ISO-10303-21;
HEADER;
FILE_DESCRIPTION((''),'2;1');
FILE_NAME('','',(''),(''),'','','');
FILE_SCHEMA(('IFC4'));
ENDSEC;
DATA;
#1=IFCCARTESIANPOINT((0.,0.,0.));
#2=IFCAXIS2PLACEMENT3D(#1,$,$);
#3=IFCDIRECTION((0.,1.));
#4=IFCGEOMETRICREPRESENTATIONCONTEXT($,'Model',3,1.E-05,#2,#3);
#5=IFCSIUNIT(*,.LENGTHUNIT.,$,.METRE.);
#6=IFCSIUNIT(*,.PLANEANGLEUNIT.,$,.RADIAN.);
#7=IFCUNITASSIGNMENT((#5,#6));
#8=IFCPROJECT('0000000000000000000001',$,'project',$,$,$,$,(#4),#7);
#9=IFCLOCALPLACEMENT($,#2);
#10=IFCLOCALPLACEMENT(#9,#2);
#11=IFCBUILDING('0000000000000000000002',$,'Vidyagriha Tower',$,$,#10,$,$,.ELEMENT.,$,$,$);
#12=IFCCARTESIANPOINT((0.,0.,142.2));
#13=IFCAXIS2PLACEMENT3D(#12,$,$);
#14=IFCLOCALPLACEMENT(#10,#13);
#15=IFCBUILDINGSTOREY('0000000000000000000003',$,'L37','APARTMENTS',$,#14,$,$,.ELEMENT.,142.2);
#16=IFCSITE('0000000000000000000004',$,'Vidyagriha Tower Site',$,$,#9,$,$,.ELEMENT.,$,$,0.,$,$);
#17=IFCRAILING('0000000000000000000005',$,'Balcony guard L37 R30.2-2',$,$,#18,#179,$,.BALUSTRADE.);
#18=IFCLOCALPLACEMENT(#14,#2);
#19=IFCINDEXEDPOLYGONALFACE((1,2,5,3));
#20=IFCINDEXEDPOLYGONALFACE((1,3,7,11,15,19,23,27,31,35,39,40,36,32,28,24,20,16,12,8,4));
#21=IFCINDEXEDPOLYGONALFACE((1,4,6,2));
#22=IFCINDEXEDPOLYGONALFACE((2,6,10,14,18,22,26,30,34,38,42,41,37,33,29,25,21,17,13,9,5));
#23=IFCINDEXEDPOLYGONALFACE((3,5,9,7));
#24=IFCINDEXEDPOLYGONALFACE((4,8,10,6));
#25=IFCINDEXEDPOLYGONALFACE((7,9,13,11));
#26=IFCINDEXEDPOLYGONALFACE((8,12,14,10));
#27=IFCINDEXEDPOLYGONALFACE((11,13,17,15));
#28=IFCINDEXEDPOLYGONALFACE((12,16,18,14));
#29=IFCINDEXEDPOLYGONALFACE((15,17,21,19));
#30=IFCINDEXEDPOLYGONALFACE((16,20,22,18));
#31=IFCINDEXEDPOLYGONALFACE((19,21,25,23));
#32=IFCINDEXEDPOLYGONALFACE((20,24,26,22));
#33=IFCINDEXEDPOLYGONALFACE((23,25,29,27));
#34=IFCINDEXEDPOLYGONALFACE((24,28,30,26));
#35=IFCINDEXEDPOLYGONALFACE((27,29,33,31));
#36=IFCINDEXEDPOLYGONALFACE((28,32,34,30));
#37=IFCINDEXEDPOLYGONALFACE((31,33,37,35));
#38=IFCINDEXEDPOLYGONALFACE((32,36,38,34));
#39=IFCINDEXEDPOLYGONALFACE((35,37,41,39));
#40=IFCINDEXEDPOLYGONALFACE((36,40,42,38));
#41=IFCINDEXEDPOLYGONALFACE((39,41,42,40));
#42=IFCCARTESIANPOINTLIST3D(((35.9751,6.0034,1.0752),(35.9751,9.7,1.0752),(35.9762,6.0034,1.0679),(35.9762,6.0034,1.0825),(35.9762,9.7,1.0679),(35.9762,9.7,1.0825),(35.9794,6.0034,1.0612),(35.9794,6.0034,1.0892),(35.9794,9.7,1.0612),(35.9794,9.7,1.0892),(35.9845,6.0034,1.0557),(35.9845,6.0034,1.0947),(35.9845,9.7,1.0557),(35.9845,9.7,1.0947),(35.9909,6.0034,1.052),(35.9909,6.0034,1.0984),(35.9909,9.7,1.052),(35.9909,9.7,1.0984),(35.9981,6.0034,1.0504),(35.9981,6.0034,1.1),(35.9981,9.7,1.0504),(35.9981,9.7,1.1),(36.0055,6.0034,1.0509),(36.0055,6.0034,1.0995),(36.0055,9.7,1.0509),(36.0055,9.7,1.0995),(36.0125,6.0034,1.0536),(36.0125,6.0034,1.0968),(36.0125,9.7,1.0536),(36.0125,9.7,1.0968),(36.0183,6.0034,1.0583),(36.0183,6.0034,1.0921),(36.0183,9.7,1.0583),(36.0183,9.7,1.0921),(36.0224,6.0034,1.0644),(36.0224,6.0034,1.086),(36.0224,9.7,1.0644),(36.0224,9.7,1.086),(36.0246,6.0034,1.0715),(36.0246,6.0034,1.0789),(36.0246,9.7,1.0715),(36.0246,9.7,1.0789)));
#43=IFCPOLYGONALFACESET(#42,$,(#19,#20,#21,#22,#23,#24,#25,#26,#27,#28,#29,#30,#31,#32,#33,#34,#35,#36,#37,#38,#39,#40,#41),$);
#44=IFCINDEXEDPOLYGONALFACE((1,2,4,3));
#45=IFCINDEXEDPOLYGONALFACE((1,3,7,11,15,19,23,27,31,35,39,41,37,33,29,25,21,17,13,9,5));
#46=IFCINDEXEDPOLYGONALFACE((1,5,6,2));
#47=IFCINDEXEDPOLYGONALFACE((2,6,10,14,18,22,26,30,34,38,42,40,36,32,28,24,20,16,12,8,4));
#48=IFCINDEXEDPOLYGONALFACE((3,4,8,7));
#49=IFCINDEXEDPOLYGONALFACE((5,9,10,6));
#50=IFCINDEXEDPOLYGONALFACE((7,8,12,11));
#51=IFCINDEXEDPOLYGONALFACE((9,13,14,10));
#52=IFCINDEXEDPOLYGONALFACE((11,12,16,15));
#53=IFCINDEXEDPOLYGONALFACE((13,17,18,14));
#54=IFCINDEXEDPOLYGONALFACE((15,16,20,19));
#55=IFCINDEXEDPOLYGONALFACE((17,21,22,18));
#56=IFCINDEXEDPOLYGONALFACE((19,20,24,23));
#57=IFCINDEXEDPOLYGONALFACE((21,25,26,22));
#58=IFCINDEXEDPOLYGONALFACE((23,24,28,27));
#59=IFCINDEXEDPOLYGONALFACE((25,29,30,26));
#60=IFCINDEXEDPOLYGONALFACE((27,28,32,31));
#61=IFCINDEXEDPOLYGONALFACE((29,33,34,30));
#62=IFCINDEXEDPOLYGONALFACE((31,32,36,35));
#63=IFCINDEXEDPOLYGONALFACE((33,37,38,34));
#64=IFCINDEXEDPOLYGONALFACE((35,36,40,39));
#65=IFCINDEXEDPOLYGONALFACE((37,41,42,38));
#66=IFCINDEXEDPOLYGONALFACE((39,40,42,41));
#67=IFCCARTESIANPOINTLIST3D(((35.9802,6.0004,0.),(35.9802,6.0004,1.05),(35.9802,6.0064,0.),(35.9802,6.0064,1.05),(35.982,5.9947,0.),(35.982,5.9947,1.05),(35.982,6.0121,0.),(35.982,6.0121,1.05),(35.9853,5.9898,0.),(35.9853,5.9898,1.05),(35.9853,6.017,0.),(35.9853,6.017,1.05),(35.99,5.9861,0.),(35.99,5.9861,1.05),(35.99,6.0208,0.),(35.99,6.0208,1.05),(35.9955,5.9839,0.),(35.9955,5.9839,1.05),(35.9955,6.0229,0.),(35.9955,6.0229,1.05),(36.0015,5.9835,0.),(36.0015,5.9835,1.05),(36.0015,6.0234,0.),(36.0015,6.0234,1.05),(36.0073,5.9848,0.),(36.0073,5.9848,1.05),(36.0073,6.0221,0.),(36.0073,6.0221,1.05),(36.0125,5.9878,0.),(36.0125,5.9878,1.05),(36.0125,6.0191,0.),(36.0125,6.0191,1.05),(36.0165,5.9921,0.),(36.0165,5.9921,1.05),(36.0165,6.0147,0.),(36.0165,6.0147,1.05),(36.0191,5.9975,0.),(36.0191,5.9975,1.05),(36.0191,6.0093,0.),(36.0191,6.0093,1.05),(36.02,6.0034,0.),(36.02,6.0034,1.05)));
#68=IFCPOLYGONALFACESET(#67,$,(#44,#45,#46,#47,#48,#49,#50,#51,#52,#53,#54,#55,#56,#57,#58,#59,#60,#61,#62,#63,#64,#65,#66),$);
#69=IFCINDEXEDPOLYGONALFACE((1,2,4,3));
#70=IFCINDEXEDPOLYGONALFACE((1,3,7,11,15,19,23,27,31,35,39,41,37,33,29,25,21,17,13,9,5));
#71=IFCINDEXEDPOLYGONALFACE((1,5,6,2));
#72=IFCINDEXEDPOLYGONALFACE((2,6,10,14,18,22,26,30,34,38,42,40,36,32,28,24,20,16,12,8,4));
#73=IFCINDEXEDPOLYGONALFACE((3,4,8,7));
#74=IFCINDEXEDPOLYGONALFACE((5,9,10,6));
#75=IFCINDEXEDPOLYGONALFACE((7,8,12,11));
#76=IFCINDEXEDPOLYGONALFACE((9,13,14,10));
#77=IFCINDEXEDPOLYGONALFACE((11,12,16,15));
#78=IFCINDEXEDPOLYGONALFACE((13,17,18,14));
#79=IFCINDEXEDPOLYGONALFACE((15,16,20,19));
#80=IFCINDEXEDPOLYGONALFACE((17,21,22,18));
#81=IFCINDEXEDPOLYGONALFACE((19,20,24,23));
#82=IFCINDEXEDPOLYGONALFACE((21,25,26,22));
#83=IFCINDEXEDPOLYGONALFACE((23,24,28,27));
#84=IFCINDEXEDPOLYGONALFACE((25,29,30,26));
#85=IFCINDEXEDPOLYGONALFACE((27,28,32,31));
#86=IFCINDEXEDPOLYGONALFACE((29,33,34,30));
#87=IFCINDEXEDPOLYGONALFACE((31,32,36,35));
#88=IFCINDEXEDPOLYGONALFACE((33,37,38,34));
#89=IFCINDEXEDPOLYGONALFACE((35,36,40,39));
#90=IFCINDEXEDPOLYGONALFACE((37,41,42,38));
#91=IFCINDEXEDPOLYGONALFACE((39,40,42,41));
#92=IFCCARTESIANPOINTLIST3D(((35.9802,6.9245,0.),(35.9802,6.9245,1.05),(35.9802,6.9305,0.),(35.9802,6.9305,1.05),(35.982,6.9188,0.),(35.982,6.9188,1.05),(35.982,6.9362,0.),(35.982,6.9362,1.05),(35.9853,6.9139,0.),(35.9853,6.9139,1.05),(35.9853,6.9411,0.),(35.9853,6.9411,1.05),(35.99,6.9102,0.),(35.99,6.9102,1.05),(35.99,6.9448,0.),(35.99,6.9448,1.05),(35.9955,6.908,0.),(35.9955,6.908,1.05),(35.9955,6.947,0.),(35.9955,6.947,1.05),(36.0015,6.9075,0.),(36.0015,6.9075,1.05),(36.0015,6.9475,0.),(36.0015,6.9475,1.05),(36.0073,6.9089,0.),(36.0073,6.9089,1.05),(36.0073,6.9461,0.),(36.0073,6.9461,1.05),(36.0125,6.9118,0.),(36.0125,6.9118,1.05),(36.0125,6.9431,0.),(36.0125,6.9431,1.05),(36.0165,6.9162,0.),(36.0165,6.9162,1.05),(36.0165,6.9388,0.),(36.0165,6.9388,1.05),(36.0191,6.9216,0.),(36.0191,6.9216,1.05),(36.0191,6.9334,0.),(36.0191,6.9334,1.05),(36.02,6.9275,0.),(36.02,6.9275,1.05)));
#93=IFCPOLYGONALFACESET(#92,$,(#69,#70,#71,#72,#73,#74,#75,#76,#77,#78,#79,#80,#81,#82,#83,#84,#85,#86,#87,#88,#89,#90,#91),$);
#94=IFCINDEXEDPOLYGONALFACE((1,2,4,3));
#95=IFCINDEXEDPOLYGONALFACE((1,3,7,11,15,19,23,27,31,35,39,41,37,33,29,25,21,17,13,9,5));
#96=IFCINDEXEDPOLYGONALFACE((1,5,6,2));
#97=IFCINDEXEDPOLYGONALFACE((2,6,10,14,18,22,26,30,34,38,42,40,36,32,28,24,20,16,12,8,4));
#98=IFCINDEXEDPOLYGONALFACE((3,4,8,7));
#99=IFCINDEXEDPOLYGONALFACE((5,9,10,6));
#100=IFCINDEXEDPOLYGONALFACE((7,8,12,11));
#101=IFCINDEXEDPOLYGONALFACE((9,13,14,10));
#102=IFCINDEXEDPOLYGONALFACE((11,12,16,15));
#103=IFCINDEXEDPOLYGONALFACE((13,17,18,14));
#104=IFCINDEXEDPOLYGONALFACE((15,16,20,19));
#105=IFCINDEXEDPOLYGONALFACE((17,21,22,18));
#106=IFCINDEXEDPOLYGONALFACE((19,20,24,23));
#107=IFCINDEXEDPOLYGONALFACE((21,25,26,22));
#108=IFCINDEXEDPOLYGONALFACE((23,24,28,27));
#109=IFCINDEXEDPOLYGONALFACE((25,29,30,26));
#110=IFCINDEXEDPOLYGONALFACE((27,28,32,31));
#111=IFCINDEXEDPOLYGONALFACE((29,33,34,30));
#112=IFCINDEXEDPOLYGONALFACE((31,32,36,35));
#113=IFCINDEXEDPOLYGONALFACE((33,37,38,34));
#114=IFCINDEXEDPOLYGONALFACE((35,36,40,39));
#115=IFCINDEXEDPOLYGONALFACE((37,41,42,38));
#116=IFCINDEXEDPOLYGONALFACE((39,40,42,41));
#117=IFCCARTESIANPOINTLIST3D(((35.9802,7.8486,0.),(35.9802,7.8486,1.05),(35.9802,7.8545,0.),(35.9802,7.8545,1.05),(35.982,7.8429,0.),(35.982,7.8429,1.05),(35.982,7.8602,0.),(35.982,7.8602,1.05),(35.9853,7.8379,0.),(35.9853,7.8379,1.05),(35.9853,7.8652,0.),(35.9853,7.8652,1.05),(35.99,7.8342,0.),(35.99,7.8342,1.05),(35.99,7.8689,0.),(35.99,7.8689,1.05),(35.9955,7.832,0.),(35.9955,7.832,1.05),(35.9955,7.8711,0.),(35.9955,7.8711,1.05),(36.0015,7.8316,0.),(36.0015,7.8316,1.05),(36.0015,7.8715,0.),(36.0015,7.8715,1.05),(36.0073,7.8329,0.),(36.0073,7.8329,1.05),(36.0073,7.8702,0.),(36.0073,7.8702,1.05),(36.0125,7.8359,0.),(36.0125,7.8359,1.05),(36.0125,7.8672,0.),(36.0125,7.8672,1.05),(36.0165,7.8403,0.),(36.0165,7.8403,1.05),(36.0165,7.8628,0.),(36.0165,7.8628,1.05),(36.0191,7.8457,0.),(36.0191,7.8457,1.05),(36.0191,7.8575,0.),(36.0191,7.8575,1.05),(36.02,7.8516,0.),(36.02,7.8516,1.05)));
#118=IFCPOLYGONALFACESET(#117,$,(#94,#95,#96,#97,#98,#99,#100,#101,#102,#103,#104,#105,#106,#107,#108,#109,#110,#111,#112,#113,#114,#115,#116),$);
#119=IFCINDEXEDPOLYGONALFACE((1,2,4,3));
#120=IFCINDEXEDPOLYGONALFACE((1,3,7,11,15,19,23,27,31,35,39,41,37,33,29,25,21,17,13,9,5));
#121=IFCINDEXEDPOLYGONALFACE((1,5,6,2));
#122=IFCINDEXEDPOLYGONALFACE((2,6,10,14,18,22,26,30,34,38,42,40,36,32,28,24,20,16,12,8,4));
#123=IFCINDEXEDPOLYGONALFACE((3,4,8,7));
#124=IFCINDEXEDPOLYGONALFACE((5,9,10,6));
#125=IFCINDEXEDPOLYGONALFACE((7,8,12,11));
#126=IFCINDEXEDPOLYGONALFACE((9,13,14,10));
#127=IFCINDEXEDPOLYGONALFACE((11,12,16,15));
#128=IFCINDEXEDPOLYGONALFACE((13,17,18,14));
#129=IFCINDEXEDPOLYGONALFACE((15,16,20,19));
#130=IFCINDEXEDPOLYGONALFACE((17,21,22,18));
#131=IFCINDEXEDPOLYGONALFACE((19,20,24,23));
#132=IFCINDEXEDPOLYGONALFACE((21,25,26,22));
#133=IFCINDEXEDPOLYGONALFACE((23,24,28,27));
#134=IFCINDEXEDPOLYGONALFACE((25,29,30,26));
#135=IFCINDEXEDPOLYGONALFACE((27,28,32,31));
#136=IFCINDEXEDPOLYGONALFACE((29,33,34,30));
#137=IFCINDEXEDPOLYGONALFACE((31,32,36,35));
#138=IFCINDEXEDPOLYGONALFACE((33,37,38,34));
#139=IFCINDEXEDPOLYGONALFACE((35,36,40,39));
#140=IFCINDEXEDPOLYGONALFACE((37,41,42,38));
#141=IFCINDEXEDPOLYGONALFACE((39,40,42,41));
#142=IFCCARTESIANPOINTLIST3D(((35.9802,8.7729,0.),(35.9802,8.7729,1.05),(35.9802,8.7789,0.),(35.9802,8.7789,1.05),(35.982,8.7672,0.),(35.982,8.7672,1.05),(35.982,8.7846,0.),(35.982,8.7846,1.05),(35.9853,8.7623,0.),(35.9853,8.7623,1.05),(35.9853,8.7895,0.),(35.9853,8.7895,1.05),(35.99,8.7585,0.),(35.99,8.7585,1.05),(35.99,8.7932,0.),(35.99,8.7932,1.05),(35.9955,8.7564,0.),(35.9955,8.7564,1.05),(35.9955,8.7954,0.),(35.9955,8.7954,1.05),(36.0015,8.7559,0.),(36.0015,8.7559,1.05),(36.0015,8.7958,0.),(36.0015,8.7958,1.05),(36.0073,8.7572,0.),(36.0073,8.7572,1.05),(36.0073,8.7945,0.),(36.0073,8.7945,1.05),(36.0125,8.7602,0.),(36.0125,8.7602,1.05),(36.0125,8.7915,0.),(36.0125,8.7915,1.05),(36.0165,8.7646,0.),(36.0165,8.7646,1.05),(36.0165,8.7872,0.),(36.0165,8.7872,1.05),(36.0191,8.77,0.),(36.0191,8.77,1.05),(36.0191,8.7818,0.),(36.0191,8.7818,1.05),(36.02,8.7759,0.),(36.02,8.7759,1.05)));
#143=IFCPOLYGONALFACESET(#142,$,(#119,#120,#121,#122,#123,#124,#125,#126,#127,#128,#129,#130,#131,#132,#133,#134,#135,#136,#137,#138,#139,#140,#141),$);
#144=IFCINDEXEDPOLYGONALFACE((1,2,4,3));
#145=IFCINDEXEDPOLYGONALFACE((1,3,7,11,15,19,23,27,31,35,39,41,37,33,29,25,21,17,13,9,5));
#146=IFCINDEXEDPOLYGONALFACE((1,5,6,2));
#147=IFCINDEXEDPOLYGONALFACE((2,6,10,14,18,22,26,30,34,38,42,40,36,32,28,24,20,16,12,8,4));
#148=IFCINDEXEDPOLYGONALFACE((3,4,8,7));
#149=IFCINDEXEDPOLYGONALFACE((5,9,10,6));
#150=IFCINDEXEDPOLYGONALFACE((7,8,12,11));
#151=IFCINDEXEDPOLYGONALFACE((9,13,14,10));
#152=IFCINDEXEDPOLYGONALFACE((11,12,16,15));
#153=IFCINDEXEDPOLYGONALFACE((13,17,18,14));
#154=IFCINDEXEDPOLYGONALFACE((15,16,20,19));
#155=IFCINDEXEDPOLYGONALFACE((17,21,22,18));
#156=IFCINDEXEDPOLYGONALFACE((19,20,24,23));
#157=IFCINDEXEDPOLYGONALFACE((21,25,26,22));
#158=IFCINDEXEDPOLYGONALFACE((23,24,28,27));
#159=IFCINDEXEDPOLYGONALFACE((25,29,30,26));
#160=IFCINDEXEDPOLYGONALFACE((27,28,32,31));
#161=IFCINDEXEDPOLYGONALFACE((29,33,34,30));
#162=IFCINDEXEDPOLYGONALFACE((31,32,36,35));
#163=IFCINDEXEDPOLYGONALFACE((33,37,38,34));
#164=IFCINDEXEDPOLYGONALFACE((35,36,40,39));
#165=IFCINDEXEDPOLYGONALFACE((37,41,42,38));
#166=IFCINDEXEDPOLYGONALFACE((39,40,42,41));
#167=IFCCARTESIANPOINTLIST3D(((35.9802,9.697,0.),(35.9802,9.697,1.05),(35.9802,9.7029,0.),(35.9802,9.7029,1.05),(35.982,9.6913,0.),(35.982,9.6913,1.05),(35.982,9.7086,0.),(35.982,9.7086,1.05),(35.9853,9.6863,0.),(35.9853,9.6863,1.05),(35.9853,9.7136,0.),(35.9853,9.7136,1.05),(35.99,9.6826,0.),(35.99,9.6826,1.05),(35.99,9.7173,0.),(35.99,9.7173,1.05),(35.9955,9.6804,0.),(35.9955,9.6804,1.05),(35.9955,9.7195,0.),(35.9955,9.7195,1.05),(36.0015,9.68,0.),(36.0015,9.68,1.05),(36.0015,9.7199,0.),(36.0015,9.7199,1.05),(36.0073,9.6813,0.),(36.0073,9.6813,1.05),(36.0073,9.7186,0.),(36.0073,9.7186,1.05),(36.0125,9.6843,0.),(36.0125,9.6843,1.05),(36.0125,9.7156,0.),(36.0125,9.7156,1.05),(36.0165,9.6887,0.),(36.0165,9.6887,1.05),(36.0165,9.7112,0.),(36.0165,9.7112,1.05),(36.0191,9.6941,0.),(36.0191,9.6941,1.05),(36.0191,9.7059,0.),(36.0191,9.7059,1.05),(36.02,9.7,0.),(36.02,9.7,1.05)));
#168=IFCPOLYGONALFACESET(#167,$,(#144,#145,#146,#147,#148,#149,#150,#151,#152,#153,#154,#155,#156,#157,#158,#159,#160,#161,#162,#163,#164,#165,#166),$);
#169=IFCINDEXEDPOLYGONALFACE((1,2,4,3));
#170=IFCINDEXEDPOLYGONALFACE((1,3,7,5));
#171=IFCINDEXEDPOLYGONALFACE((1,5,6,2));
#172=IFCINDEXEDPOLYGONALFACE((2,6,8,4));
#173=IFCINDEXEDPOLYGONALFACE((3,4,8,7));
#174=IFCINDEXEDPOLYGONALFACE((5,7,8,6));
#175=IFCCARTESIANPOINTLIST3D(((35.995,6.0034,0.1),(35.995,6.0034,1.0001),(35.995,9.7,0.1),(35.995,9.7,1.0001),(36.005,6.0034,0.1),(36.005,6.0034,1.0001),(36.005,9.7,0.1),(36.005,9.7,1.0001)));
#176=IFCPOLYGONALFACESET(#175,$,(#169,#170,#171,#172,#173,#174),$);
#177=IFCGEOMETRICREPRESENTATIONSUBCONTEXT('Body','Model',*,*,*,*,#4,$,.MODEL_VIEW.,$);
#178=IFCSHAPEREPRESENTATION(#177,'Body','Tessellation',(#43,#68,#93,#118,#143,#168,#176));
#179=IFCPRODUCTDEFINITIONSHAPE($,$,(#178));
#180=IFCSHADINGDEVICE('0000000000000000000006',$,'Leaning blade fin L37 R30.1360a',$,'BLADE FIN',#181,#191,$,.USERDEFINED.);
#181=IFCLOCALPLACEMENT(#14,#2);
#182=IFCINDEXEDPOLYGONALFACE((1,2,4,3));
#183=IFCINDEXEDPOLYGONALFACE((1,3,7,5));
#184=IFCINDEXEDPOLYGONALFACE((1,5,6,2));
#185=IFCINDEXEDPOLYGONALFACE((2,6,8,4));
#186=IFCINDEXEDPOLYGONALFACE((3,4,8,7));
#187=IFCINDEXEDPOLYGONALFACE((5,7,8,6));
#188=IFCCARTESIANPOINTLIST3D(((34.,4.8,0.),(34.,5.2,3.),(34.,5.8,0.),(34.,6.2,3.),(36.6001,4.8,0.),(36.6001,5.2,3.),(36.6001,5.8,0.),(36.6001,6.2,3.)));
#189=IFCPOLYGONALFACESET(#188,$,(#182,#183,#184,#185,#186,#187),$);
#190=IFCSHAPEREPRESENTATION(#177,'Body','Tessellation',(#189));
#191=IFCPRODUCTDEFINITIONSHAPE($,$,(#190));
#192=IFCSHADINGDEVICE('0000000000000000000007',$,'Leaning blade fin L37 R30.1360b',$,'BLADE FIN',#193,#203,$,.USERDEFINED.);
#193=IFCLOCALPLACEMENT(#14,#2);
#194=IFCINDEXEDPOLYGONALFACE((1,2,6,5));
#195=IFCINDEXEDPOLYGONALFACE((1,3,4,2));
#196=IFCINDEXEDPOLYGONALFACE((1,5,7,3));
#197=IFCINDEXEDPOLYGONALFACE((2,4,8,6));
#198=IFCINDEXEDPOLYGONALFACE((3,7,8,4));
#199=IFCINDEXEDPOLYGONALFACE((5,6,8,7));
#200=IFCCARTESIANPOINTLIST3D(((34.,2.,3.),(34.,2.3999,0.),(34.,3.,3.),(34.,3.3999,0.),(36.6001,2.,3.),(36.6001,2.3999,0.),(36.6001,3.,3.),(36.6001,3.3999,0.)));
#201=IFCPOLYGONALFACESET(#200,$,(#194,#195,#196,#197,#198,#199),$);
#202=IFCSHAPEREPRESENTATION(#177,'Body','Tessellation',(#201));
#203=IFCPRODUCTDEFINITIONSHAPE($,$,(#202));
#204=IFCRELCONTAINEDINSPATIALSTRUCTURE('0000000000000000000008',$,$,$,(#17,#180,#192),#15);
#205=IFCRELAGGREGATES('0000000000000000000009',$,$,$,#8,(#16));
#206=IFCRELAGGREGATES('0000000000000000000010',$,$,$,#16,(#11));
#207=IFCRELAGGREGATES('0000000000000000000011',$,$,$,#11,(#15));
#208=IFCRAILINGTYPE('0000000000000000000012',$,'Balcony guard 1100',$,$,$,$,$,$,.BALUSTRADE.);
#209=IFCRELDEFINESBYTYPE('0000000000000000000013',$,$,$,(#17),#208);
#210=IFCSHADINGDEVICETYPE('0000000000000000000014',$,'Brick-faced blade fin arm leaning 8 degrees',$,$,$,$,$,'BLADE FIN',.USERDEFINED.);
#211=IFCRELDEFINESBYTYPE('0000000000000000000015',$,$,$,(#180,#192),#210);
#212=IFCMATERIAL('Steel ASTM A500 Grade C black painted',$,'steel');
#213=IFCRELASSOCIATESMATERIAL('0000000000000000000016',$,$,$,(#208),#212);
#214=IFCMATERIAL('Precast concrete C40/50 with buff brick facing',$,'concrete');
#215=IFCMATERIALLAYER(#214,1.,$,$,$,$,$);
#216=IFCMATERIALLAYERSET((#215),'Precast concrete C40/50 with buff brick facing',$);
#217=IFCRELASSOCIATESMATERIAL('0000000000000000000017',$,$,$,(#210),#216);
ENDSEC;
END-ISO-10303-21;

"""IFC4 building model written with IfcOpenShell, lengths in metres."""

from ifc_helpers import new_model, si_unit, direction, frame, origin, origin_2d, place, context, subcontext, project, spatial, polyline, rectangle, circle, outline, extrude, material, layer, layer_set, type_object, element, save


model = new_model("IFC4")

# Units and contexts
model_context = context("Model", 3, precision=1e-05, world=origin(), true_north=direction((0.0, 1.0)))
body_context = subcontext(model_context, "Body", "Model", "MODEL_VIEW")
ifc_project = project(units=[si_unit("LENGTHUNIT", "METRE"), si_unit("PLANEANGLEUNIT", "RADIAN")], contexts=[model_context])

# Site, building, storey
site_placement = place(None, origin())
site = spatial("IfcSite", under=ifc_project, at=site_placement, Name="Vidyagriha Tower Site", CompositionType="ELEMENT", RefElevation=0.0)
building_placement = place(site_placement, origin())
building = spatial("IfcBuilding", under=site, at=building_placement, Name="Vidyagriha Tower", CompositionType="ELEMENT")
storey_placement = place(building_placement, frame((0.0, 0.0, 142.2)))
storey = spatial("IfcBuildingStorey", under=building, at=storey_placement, Name="L37", Description="APARTMENTS", CompositionType="ELEMENT", Elevation=142.2)

# Railing
ifc_material_1 = material(Name="Steel ASTM A500 Grade C black painted", Category="steel")
railing_type_1 = type_object("IfcRailingType", Name="Balcony guard 1100", PredefinedType="BALUSTRADE", material=ifc_material_1)
railing_1_placement = place(storey_placement, frame((36.0, 6.0034, 0.0)))
element("IfcRailing", 1, at=railing_1_placement, inside=storey, type_object=railing_type_1, Name="Balcony guard L37 R30.2-2", PredefinedType="BALUSTRADE", context=body_context, shape_type="SweptSolid", body=[
    extrude(circle(Radius=0.0249, at=origin_2d()), frame((0.0, 0.0, 1.0752), z_axis=(0.0, 1.0, 0.0), x_axis=(-1.0, 0.0, 0.0)), (0.0, 0.0, 1.0), 3.6965),
    extrude(circle(Radius=0.02, at=origin_2d()), origin(), (0.0, 0.0, 1.0), 1.05),
    extrude(circle(Radius=0.02, at=origin_2d()), frame((0.0, 0.9241, 0.0)), (0.0, 0.0, 1.0), 1.05),
    extrude(circle(Radius=0.02, at=origin_2d()), frame((0.0, 1.8481, 0.0)), (0.0, 0.0, 1.0), 1.05),
    extrude(circle(Radius=0.02, at=origin_2d()), frame((0.0, 2.7725, 0.0)), (0.0, 0.0, 1.0), 1.05),
    extrude(circle(Radius=0.02, at=origin_2d()), frame((0.0, 3.6965, 0.0)), (0.0, 0.0, 1.0), 1.05),
    extrude(rectangle(XDim=0.01, YDim=0.9001, at=origin_2d()), frame((0.0, 0.0, 0.55), z_axis=(0.0, 1.0, 0.0), x_axis=(-1.0, 0.0, 0.0)), (0.0, 0.0, 1.0), 3.6965),
])

# Shading devices
ifc_material_2 = material(Name="Precast concrete C40/50 with buff brick facing", Category="concrete")
ifc_layer_1 = layer(ifc_material_2, 1.0)
ifc_layer_set_1 = layer_set([ifc_layer_1], Name="Precast concrete C40/50 with buff brick facing")
shading_device_type_1 = type_object("IfcShadingDeviceType", Name="Brick-faced blade fin arm leaning 8 degrees", ElementType="BLADE FIN", PredefinedType="USERDEFINED", material=ifc_layer_set_1)
shading_device_1_placement = place(storey_placement, frame((35.3, 4.8, 0.0), z_axis=(0.0, 0.0, 1.0), x_axis=(0.0, 1.0, 0.0)))
element("IfcShadingDevice", 2, at=shading_device_1_placement, inside=storey, type_object=shading_device_type_1, Name="Leaning blade fin L37 R30.1360a", ObjectType="BLADE FIN", PredefinedType="USERDEFINED", context=body_context, shape_type="SweptSolid", body=[
    extrude(outline(polyline([(0.0, 0.0), (1.0, 0.0), (1.3999, 3.0), (0.3999, 3.0), (0.0, 0.0)])), frame((0.0, 1.3, 0.0), z_axis=(0.0, -1.0, 0.0), x_axis=(1.0, 0.0, 0.0)), (0.0, 0.0, 1.0), 2.6001),
])
shading_device_2_placement = place(storey_placement, frame((35.3, 2.0, 0.0), z_axis=(0.0, 0.0, 1.0), x_axis=(0.0, 1.0, 0.0)))
element("IfcShadingDevice", 3, at=shading_device_2_placement, inside=storey, type_object=shading_device_type_1, Name="Leaning blade fin L37 R30.1360b", ObjectType="BLADE FIN", PredefinedType="USERDEFINED", context=body_context, shape_type="SweptSolid", body=[
    extrude(outline(polyline([(0.3999, 0.0), (1.3999, 0.0), (1.0, 3.0), (0.0, 3.0), (0.3999, 0.0)])), frame((0.0, 1.3, 0.0), z_axis=(0.0, -1.0, 0.0), x_axis=(1.0, 0.0, 0.0)), (0.0, 0.0, 1.0), 2.6001),
])

save(model, "model.ifc")
